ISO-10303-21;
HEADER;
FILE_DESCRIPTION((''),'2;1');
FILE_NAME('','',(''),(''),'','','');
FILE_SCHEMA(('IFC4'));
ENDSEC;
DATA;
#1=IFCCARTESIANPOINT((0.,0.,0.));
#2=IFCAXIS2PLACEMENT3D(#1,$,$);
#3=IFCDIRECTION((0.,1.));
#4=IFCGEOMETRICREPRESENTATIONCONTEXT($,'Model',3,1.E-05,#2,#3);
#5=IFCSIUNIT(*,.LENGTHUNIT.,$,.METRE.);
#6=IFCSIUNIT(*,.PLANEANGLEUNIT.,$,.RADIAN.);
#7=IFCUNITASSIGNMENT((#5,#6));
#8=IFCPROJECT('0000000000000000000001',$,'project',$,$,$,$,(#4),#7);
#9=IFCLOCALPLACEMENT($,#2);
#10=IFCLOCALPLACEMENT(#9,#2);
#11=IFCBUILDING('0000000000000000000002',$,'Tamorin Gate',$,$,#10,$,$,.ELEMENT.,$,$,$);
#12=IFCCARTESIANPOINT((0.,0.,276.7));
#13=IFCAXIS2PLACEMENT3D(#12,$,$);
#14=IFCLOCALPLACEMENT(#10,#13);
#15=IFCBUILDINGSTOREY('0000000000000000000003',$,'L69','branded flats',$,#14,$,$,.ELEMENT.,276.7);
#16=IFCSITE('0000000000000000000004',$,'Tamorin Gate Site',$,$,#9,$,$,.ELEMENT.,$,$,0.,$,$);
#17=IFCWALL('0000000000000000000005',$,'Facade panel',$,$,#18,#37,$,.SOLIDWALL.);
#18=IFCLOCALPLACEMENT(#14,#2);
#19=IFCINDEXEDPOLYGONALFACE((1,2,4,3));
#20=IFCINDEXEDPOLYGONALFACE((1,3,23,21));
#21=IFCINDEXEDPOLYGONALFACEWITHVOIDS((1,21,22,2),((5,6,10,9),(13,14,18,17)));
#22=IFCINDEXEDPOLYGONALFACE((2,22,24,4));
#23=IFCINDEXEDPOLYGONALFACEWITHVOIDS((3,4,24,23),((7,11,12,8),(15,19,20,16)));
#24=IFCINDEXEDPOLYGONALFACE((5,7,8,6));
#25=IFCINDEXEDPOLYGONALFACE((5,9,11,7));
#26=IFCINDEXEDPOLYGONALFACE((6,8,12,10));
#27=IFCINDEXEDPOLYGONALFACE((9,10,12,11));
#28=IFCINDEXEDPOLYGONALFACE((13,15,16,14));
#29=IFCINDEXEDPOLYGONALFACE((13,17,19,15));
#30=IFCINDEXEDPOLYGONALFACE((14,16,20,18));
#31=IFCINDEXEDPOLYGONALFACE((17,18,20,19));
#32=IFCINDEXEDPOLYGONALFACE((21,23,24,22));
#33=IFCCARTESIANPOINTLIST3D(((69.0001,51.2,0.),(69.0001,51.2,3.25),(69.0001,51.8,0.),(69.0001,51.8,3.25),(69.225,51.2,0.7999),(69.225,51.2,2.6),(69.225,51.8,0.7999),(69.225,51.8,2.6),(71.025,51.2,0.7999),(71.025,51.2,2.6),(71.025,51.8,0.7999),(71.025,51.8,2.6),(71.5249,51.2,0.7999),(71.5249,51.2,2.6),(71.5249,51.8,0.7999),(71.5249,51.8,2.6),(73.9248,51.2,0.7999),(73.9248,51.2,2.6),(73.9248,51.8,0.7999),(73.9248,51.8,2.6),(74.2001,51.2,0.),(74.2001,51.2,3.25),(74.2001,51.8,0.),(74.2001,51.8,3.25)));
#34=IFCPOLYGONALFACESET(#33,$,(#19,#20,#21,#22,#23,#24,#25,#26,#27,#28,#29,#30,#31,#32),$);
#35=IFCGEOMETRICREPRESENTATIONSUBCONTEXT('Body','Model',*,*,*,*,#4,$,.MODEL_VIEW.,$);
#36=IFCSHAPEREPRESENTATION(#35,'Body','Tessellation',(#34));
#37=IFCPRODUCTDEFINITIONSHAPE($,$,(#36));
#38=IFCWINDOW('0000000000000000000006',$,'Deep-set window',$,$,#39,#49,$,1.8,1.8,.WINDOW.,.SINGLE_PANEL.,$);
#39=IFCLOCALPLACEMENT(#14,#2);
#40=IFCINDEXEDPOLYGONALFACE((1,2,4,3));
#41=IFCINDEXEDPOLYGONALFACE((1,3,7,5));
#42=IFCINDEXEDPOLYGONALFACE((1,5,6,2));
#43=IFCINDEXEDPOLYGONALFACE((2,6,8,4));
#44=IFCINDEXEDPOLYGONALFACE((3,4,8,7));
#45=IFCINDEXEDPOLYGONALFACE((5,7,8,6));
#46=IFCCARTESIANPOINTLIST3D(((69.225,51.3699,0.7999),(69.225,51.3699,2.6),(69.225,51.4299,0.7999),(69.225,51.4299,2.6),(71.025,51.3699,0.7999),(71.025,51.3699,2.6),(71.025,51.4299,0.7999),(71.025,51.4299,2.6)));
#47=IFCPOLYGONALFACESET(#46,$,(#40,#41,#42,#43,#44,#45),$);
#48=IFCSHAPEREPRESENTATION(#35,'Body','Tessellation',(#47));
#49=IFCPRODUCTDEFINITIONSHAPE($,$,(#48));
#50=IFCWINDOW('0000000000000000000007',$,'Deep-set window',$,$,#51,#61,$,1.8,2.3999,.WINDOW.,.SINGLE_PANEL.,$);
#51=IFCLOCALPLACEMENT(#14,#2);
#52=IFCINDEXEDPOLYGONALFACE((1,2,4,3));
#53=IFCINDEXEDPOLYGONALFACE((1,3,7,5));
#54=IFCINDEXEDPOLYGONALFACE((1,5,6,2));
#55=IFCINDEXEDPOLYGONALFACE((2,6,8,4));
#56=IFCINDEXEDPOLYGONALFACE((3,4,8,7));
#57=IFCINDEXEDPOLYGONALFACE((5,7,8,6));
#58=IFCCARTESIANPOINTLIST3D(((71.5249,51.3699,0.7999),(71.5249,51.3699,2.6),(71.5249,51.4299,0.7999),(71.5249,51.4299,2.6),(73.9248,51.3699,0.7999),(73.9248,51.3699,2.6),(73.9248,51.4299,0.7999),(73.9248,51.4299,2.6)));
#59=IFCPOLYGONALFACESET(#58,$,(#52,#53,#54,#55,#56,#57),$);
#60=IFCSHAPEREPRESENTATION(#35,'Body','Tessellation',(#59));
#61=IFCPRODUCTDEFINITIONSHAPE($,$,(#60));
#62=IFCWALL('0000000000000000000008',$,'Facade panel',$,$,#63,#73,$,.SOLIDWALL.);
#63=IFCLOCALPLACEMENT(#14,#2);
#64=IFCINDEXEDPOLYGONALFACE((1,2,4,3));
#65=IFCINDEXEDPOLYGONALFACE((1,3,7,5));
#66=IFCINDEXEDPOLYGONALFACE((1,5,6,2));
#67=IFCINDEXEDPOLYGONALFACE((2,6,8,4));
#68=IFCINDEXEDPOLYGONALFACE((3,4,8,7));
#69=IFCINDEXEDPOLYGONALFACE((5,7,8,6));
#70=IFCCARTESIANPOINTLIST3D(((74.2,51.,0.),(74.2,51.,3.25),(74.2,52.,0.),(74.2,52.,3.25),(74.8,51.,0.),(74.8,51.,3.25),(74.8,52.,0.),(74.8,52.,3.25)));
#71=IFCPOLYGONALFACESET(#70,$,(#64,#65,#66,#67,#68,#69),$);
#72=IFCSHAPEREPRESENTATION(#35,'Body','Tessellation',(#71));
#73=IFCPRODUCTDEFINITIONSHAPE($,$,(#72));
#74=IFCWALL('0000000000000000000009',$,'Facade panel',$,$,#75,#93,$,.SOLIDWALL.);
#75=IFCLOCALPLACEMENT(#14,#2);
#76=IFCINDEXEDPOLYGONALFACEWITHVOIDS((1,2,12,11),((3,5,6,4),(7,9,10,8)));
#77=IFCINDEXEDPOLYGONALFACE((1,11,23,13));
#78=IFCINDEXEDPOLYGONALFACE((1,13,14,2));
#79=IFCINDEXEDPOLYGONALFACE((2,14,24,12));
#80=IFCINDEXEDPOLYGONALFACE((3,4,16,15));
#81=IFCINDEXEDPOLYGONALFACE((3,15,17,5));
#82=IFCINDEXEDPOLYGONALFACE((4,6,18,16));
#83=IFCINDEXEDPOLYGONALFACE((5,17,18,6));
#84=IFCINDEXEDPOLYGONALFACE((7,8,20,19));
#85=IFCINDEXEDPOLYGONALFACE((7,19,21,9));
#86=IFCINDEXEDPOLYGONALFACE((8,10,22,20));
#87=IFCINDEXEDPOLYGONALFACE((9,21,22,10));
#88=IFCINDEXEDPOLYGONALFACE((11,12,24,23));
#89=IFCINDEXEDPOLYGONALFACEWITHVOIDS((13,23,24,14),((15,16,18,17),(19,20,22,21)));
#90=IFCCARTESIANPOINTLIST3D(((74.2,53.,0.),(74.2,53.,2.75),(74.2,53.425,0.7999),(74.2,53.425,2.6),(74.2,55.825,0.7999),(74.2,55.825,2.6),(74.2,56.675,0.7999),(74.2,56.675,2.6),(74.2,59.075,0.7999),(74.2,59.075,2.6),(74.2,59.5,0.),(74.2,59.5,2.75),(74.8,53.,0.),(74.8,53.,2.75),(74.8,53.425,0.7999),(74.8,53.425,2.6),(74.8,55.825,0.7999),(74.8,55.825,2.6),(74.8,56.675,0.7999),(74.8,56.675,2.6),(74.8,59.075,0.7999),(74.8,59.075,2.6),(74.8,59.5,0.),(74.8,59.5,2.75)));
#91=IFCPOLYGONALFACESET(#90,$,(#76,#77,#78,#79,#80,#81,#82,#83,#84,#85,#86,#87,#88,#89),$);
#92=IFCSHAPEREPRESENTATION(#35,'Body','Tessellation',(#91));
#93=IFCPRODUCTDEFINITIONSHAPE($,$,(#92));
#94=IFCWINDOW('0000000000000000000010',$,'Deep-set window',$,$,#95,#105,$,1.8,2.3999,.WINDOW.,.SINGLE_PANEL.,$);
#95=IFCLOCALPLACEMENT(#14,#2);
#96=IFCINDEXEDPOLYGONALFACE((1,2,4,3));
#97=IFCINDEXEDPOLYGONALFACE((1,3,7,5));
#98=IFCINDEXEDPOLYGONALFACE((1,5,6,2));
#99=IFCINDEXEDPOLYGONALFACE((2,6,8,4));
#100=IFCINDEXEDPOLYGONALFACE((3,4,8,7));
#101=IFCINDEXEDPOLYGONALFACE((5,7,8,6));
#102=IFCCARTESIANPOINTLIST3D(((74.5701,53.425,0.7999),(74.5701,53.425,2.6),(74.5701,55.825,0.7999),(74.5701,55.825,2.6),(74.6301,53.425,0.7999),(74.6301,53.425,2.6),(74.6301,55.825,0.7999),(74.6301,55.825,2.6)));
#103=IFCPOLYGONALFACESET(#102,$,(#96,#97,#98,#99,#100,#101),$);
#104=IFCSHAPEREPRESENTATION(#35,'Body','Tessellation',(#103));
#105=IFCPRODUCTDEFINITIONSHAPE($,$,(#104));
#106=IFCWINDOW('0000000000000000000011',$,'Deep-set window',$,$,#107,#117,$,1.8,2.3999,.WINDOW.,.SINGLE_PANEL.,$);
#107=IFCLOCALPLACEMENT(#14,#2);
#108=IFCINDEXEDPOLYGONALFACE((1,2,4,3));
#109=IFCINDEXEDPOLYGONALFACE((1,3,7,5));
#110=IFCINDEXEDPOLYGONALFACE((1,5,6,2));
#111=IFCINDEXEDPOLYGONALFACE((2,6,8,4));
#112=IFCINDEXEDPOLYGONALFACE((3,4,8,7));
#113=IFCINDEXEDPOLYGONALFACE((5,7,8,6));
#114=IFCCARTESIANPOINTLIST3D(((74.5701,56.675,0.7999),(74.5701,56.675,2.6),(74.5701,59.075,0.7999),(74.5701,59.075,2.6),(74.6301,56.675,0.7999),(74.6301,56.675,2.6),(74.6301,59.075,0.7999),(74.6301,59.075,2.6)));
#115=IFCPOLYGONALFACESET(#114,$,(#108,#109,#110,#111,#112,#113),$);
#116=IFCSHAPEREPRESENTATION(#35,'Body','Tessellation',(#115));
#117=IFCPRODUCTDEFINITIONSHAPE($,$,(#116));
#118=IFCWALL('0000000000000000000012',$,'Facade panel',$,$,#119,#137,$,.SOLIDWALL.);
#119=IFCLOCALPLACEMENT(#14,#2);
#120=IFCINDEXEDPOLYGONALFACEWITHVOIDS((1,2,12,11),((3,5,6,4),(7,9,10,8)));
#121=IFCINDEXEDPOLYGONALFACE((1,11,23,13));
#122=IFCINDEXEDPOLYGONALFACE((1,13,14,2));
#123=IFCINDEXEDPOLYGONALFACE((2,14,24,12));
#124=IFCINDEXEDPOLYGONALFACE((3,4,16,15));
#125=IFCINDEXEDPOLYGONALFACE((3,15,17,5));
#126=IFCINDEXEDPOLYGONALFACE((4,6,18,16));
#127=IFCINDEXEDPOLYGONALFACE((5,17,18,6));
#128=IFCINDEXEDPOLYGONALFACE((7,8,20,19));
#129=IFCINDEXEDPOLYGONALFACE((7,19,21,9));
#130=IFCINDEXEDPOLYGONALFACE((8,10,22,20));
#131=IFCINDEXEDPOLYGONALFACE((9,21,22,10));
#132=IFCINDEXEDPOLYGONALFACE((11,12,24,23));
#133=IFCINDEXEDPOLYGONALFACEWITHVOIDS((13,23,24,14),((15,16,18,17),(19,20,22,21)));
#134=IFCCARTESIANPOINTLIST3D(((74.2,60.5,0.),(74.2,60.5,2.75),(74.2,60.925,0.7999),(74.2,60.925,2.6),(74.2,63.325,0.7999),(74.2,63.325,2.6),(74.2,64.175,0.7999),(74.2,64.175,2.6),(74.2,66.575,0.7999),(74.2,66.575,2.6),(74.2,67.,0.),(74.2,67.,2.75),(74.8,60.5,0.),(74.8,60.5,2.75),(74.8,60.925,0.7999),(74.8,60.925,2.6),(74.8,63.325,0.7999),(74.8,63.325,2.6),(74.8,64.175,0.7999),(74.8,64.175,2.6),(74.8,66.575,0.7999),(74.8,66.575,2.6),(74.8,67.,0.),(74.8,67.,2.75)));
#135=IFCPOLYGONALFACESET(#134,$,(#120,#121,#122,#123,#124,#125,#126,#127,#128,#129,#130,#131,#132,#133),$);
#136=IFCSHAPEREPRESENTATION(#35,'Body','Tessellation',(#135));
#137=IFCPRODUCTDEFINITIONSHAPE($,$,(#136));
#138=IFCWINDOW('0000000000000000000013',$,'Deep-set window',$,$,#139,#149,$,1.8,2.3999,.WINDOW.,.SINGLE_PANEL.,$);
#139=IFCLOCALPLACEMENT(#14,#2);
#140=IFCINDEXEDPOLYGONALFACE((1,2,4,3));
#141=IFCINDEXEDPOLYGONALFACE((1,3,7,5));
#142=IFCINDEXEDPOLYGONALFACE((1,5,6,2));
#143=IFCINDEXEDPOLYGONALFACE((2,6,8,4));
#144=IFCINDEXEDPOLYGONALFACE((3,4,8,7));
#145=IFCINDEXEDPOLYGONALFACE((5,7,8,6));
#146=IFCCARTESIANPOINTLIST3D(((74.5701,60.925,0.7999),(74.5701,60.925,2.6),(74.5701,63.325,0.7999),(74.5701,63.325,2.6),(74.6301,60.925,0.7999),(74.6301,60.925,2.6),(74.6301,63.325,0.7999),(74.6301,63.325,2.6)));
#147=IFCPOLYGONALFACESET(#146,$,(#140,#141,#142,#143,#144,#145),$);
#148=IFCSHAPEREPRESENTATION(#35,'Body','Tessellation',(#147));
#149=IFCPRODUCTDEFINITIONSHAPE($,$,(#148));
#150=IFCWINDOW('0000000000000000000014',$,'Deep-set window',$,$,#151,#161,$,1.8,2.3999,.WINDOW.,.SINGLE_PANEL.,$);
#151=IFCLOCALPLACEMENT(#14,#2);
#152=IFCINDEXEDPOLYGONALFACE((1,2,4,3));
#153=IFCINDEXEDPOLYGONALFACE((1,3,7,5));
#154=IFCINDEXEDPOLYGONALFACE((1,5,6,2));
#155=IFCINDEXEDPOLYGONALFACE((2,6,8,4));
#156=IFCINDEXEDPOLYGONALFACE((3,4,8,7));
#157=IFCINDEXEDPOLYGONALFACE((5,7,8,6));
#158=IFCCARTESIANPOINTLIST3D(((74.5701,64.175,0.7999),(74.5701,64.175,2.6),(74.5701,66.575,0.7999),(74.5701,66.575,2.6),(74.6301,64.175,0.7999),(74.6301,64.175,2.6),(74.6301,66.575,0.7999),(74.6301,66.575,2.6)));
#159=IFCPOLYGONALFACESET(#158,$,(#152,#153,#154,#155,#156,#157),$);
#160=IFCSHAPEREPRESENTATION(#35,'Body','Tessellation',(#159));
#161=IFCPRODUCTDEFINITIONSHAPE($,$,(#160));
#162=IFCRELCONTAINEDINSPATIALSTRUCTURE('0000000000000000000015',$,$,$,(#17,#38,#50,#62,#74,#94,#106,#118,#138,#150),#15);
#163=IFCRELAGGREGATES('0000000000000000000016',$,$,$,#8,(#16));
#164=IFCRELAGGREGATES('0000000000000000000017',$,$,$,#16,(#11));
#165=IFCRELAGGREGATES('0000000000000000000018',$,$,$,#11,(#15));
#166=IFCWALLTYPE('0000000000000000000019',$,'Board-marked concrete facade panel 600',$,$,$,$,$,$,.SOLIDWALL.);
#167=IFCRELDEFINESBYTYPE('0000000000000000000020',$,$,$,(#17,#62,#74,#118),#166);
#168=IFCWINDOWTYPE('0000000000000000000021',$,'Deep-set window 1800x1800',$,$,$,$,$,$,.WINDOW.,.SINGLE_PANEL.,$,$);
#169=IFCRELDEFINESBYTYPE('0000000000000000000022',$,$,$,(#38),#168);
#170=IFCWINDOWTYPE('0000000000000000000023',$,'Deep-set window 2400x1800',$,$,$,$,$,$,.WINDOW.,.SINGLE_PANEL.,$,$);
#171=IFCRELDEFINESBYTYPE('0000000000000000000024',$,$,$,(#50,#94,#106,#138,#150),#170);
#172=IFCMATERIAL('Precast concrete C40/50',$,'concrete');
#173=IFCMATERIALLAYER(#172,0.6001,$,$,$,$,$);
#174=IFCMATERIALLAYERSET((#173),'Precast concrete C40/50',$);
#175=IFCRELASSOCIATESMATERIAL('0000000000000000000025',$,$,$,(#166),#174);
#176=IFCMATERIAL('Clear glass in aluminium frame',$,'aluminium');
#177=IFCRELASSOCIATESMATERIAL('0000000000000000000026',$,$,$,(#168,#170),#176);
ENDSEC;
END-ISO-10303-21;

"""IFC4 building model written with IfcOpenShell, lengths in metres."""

from ifc_helpers import new_model, si_unit, direction, frame, frame_2d, origin, place, context, subcontext, project, spatial, rectangle, extrude, material, layer, layer_set, type_object, element, fill, save


model = new_model("IFC4")

# Units and contexts
model_context = context("Model", 3, precision=1e-05, world=origin(), true_north=direction((0.0, 1.0)))
body_context = subcontext(model_context, "Body", "Model", "MODEL_VIEW")
ifc_project = project(units=[si_unit("LENGTHUNIT", "METRE"), si_unit("PLANEANGLEUNIT", "RADIAN")], contexts=[model_context])

# Site, building, storey
site_placement = place(None, origin())
site = spatial("IfcSite", under=ifc_project, at=site_placement, Name="Tamorin Gate Site", CompositionType="ELEMENT", RefElevation=0.0)
building_placement = place(site_placement, origin())
building = spatial("IfcBuilding", under=site, at=building_placement, Name="Tamorin Gate", CompositionType="ELEMENT")
storey_placement = place(building_placement, frame((0.0, 0.0, 276.7)))
storey = spatial("IfcBuildingStorey", under=building, at=storey_placement, Name="L69", Description="branded flats", CompositionType="ELEMENT", Elevation=276.7)

# Shared definitions
ifc_material_1 = material(Name="Precast concrete C40/50", Category="concrete")
ifc_layer = layer(ifc_material_1, 0.6001)
ifc_layer_set = layer_set([ifc_layer], Name="Precast concrete C40/50")
wall_type = type_object("IfcWallType", Name="Board-marked concrete facade panel 600", PredefinedType="SOLIDWALL", material=ifc_layer_set)

# Wall, openings, windows
ifc_material_2 = material(Name="Clear glass in aluminium frame", Category="aluminium")
window_type_1 = type_object("IfcWindowType", Name="Deep-set window 1800x1800", PartitioningType="SINGLE_PANEL", PredefinedType="WINDOW", material=ifc_material_2)
window_type_2 = type_object("IfcWindowType", Name="Deep-set window 2400x1800", PartitioningType="SINGLE_PANEL", PredefinedType="WINDOW", material=ifc_material_2)
wall_1_placement = place(storey_placement, frame((69.0, 51.5, 0.0), z_axis=(0.0, 0.0, 1.0), x_axis=(1.0, 0.0, 0.0)))
wall_1 = element("IfcWall", 1, at=wall_1_placement, inside=storey, type_object=wall_type, Name="Facade panel", PredefinedType="SOLIDWALL", context=body_context, shape_type="SweptSolid", body=[
    extrude(rectangle(XDim=5.2, YDim=0.6001, at=frame_2d((2.6001, 0.0))), origin(), (0.0, 0.0, 1.0), 3.25),
])
opening_1_placement = place(wall_1_placement, frame((0.2251, 0.0, 0.8)))
opening_1 = element("IfcOpeningElement", 2, at=opening_1_placement, cuts=wall_1, PredefinedType="OPENING", context=body_context, shape_type="SweptSolid", body=[
    extrude(rectangle(XDim=1.8, YDim=1.8, at=frame_2d((0.8999, 0.8999))), frame((0.0, 0.3101, 0.0), z_axis=(0.0, -1.0, 0.0), x_axis=(1.0, 0.0, 0.0)), (0.0, 0.0, 1.0), 0.6201),
])
opening_2_placement = place(wall_1_placement, frame((2.5249, 0.0, 0.8)))
opening_2 = element("IfcOpeningElement", 3, at=opening_2_placement, cuts=wall_1, PredefinedType="OPENING", context=body_context, shape_type="SweptSolid", body=[
    extrude(rectangle(XDim=2.3999, YDim=1.8, at=frame_2d((1.2, 0.8999))), frame((0.0, 0.3101, 0.0), z_axis=(0.0, -1.0, 0.0), x_axis=(1.0, 0.0, 0.0)), (0.0, 0.0, 1.0), 0.6201),
])
window_1_placement = place(opening_1_placement, origin())
window_1 = element("IfcWindow", 4, at=window_1_placement, inside=storey, type_object=window_type_1, Name="Deep-set window", OverallHeight=1.8, OverallWidth=1.8, PartitioningType="SINGLE_PANEL", PredefinedType="WINDOW", context=body_context, shape_type="SweptSolid", body=[
    extrude(rectangle(XDim=1.8, YDim=1.8, at=frame_2d((0.8999, 0.8999))), frame((0.0, -0.0701, 0.0), z_axis=(0.0, -1.0, 0.0), x_axis=(1.0, 0.0, 0.0)), (0.0, 0.0, 1.0), 0.0601),
])
fill(opening_1, window_1)
window_2_placement = place(opening_2_placement, origin())
window_2 = element("IfcWindow", 5, at=window_2_placement, inside=storey, type_object=window_type_2, Name="Deep-set window", OverallHeight=1.8, OverallWidth=2.3999, PartitioningType="SINGLE_PANEL", PredefinedType="WINDOW", context=body_context, shape_type="SweptSolid", body=[
    extrude(rectangle(XDim=2.3999, YDim=1.8, at=frame_2d((1.2, 0.8999))), frame((0.0, -0.0701, 0.0), z_axis=(0.0, -1.0, 0.0), x_axis=(1.0, 0.0, 0.0)), (0.0, 0.0, 1.0), 0.0601),
])
fill(opening_2, window_2)

# Wall
wall_2_placement = place(storey_placement, frame((74.5, 51.0, 0.0), z_axis=(0.0, 0.0, 1.0), x_axis=(0.0, 1.0, 0.0)))
element("IfcWall", 6, at=wall_2_placement, inside=storey, type_object=wall_type, Name="Facade panel", PredefinedType="SOLIDWALL", context=body_context, shape_type="SweptSolid", body=[
    extrude(rectangle(XDim=1.0, YDim=0.6001, at=frame_2d((0.5, 0.0))), origin(), (0.0, 0.0, 1.0), 3.25),
])

# Walls, openings, windows
wall_3_placement = place(storey_placement, frame((74.5, 53.0, 0.0), z_axis=(0.0, 0.0, 1.0), x_axis=(0.0, 1.0, 0.0)))
wall_3 = element("IfcWall", 7, at=wall_3_placement, inside=storey, type_object=wall_type, Name="Facade panel", PredefinedType="SOLIDWALL", context=body_context, shape_type="SweptSolid", body=[
    extrude(rectangle(XDim=6.5, YDim=0.6001, at=frame_2d((3.25, 0.0))), origin(), (0.0, 0.0, 1.0), 2.75),
])
opening_3_placement = place(wall_3_placement, frame((0.425, 0.0, 0.8)))
opening_3 = element("IfcOpeningElement", 8, at=opening_3_placement, cuts=wall_3, PredefinedType="OPENING", context=body_context, shape_type="SweptSolid", body=[
    extrude(rectangle(XDim=2.3999, YDim=1.8, at=frame_2d((1.2, 0.8999))), frame((0.0, 0.3101, 0.0), z_axis=(0.0, -1.0, 0.0), x_axis=(1.0, 0.0, 0.0)), (0.0, 0.0, 1.0), 0.6201),
])
opening_4_placement = place(wall_3_placement, frame((3.675, 0.0, 0.8)))
opening_4 = element("IfcOpeningElement", 9, at=opening_4_placement, cuts=wall_3, PredefinedType="OPENING", context=body_context, shape_type="SweptSolid", body=[
    extrude(rectangle(XDim=2.3999, YDim=1.8, at=frame_2d((1.2, 0.8999))), frame((0.0, 0.3101, 0.0), z_axis=(0.0, -1.0, 0.0), x_axis=(1.0, 0.0, 0.0)), (0.0, 0.0, 1.0), 0.6201),
])
window_3_placement = place(opening_3_placement, origin())
window_3 = element("IfcWindow", 10, at=window_3_placement, inside=storey, type_object=window_type_2, Name="Deep-set window", OverallHeight=1.8, OverallWidth=2.3999, PartitioningType="SINGLE_PANEL", PredefinedType="WINDOW", context=body_context, shape_type="SweptSolid", body=[
    extrude(rectangle(XDim=2.3999, YDim=1.8, at=frame_2d((1.2, 0.8999))), frame((0.0, -0.0701, 0.0), z_axis=(0.0, -1.0, 0.0), x_axis=(1.0, 0.0, 0.0)), (0.0, 0.0, 1.0), 0.0601),
])
fill(opening_3, window_3)
window_4_placement = place(opening_4_placement, origin())
window_4 = element("IfcWindow", 11, at=window_4_placement, inside=storey, type_object=window_type_2, Name="Deep-set window", OverallHeight=1.8, OverallWidth=2.3999, PartitioningType="SINGLE_PANEL", PredefinedType="WINDOW", context=body_context, shape_type="SweptSolid", body=[
    extrude(rectangle(XDim=2.3999, YDim=1.8, at=frame_2d((1.2, 0.8999))), frame((0.0, -0.0701, 0.0), z_axis=(0.0, -1.0, 0.0), x_axis=(1.0, 0.0, 0.0)), (0.0, 0.0, 1.0), 0.0601),
])
fill(opening_4, window_4)
wall_4_placement = place(storey_placement, frame((74.5, 60.5, 0.0), z_axis=(0.0, 0.0, 1.0), x_axis=(0.0, 1.0, 0.0)))
wall_4 = element("IfcWall", 12, at=wall_4_placement, inside=storey, type_object=wall_type, Name="Facade panel", PredefinedType="SOLIDWALL", context=body_context, shape_type="SweptSolid", body=[
    extrude(rectangle(XDim=6.5, YDim=0.6001, at=frame_2d((3.25, 0.0))), origin(), (0.0, 0.0, 1.0), 2.75),
])
opening_5_placement = place(wall_4_placement, frame((0.425, 0.0, 0.8)))
opening_5 = element("IfcOpeningElement", 13, at=opening_5_placement, cuts=wall_4, PredefinedType="OPENING", context=body_context, shape_type="SweptSolid", body=[
    extrude(rectangle(XDim=2.3999, YDim=1.8, at=frame_2d((1.2, 0.8999))), frame((0.0, 0.3101, 0.0), z_axis=(0.0, -1.0, 0.0), x_axis=(1.0, 0.0, 0.0)), (0.0, 0.0, 1.0), 0.6201),
])
opening_6_placement = place(wall_4_placement, frame((3.675, 0.0, 0.8)))
opening_6 = element("IfcOpeningElement", 14, at=opening_6_placement, cuts=wall_4, PredefinedType="OPENING", context=body_context, shape_type="SweptSolid", body=[
    extrude(rectangle(XDim=2.3999, YDim=1.8, at=frame_2d((1.2, 0.8999))), frame((0.0, 0.3101, 0.0), z_axis=(0.0, -1.0, 0.0), x_axis=(1.0, 0.0, 0.0)), (0.0, 0.0, 1.0), 0.6201),
])
window_5_placement = place(opening_5_placement, origin())
window_5 = element("IfcWindow", 15, at=window_5_placement, inside=storey, type_object=window_type_2, Name="Deep-set window", OverallHeight=1.8, OverallWidth=2.3999, PartitioningType="SINGLE_PANEL", PredefinedType="WINDOW", context=body_context, shape_type="SweptSolid", body=[
    extrude(rectangle(XDim=2.3999, YDim=1.8, at=frame_2d((1.2, 0.8999))), frame((0.0, -0.0701, 0.0), z_axis=(0.0, -1.0, 0.0), x_axis=(1.0, 0.0, 0.0)), (0.0, 0.0, 1.0), 0.0601),
])
fill(opening_5, window_5)
window_6_placement = place(opening_6_placement, origin())
window_6 = element("IfcWindow", 16, at=window_6_placement, inside=storey, type_object=window_type_2, Name="Deep-set window", OverallHeight=1.8, OverallWidth=2.3999, PartitioningType="SINGLE_PANEL", PredefinedType="WINDOW", context=body_context, shape_type="SweptSolid", body=[
    extrude(rectangle(XDim=2.3999, YDim=1.8, at=frame_2d((1.2, 0.8999))), frame((0.0, -0.0701, 0.0), z_axis=(0.0, -1.0, 0.0), x_axis=(1.0, 0.0, 0.0)), (0.0, 0.0, 1.0), 0.0601),
])
fill(opening_6, window_6)

save(model, "model.ifc")
